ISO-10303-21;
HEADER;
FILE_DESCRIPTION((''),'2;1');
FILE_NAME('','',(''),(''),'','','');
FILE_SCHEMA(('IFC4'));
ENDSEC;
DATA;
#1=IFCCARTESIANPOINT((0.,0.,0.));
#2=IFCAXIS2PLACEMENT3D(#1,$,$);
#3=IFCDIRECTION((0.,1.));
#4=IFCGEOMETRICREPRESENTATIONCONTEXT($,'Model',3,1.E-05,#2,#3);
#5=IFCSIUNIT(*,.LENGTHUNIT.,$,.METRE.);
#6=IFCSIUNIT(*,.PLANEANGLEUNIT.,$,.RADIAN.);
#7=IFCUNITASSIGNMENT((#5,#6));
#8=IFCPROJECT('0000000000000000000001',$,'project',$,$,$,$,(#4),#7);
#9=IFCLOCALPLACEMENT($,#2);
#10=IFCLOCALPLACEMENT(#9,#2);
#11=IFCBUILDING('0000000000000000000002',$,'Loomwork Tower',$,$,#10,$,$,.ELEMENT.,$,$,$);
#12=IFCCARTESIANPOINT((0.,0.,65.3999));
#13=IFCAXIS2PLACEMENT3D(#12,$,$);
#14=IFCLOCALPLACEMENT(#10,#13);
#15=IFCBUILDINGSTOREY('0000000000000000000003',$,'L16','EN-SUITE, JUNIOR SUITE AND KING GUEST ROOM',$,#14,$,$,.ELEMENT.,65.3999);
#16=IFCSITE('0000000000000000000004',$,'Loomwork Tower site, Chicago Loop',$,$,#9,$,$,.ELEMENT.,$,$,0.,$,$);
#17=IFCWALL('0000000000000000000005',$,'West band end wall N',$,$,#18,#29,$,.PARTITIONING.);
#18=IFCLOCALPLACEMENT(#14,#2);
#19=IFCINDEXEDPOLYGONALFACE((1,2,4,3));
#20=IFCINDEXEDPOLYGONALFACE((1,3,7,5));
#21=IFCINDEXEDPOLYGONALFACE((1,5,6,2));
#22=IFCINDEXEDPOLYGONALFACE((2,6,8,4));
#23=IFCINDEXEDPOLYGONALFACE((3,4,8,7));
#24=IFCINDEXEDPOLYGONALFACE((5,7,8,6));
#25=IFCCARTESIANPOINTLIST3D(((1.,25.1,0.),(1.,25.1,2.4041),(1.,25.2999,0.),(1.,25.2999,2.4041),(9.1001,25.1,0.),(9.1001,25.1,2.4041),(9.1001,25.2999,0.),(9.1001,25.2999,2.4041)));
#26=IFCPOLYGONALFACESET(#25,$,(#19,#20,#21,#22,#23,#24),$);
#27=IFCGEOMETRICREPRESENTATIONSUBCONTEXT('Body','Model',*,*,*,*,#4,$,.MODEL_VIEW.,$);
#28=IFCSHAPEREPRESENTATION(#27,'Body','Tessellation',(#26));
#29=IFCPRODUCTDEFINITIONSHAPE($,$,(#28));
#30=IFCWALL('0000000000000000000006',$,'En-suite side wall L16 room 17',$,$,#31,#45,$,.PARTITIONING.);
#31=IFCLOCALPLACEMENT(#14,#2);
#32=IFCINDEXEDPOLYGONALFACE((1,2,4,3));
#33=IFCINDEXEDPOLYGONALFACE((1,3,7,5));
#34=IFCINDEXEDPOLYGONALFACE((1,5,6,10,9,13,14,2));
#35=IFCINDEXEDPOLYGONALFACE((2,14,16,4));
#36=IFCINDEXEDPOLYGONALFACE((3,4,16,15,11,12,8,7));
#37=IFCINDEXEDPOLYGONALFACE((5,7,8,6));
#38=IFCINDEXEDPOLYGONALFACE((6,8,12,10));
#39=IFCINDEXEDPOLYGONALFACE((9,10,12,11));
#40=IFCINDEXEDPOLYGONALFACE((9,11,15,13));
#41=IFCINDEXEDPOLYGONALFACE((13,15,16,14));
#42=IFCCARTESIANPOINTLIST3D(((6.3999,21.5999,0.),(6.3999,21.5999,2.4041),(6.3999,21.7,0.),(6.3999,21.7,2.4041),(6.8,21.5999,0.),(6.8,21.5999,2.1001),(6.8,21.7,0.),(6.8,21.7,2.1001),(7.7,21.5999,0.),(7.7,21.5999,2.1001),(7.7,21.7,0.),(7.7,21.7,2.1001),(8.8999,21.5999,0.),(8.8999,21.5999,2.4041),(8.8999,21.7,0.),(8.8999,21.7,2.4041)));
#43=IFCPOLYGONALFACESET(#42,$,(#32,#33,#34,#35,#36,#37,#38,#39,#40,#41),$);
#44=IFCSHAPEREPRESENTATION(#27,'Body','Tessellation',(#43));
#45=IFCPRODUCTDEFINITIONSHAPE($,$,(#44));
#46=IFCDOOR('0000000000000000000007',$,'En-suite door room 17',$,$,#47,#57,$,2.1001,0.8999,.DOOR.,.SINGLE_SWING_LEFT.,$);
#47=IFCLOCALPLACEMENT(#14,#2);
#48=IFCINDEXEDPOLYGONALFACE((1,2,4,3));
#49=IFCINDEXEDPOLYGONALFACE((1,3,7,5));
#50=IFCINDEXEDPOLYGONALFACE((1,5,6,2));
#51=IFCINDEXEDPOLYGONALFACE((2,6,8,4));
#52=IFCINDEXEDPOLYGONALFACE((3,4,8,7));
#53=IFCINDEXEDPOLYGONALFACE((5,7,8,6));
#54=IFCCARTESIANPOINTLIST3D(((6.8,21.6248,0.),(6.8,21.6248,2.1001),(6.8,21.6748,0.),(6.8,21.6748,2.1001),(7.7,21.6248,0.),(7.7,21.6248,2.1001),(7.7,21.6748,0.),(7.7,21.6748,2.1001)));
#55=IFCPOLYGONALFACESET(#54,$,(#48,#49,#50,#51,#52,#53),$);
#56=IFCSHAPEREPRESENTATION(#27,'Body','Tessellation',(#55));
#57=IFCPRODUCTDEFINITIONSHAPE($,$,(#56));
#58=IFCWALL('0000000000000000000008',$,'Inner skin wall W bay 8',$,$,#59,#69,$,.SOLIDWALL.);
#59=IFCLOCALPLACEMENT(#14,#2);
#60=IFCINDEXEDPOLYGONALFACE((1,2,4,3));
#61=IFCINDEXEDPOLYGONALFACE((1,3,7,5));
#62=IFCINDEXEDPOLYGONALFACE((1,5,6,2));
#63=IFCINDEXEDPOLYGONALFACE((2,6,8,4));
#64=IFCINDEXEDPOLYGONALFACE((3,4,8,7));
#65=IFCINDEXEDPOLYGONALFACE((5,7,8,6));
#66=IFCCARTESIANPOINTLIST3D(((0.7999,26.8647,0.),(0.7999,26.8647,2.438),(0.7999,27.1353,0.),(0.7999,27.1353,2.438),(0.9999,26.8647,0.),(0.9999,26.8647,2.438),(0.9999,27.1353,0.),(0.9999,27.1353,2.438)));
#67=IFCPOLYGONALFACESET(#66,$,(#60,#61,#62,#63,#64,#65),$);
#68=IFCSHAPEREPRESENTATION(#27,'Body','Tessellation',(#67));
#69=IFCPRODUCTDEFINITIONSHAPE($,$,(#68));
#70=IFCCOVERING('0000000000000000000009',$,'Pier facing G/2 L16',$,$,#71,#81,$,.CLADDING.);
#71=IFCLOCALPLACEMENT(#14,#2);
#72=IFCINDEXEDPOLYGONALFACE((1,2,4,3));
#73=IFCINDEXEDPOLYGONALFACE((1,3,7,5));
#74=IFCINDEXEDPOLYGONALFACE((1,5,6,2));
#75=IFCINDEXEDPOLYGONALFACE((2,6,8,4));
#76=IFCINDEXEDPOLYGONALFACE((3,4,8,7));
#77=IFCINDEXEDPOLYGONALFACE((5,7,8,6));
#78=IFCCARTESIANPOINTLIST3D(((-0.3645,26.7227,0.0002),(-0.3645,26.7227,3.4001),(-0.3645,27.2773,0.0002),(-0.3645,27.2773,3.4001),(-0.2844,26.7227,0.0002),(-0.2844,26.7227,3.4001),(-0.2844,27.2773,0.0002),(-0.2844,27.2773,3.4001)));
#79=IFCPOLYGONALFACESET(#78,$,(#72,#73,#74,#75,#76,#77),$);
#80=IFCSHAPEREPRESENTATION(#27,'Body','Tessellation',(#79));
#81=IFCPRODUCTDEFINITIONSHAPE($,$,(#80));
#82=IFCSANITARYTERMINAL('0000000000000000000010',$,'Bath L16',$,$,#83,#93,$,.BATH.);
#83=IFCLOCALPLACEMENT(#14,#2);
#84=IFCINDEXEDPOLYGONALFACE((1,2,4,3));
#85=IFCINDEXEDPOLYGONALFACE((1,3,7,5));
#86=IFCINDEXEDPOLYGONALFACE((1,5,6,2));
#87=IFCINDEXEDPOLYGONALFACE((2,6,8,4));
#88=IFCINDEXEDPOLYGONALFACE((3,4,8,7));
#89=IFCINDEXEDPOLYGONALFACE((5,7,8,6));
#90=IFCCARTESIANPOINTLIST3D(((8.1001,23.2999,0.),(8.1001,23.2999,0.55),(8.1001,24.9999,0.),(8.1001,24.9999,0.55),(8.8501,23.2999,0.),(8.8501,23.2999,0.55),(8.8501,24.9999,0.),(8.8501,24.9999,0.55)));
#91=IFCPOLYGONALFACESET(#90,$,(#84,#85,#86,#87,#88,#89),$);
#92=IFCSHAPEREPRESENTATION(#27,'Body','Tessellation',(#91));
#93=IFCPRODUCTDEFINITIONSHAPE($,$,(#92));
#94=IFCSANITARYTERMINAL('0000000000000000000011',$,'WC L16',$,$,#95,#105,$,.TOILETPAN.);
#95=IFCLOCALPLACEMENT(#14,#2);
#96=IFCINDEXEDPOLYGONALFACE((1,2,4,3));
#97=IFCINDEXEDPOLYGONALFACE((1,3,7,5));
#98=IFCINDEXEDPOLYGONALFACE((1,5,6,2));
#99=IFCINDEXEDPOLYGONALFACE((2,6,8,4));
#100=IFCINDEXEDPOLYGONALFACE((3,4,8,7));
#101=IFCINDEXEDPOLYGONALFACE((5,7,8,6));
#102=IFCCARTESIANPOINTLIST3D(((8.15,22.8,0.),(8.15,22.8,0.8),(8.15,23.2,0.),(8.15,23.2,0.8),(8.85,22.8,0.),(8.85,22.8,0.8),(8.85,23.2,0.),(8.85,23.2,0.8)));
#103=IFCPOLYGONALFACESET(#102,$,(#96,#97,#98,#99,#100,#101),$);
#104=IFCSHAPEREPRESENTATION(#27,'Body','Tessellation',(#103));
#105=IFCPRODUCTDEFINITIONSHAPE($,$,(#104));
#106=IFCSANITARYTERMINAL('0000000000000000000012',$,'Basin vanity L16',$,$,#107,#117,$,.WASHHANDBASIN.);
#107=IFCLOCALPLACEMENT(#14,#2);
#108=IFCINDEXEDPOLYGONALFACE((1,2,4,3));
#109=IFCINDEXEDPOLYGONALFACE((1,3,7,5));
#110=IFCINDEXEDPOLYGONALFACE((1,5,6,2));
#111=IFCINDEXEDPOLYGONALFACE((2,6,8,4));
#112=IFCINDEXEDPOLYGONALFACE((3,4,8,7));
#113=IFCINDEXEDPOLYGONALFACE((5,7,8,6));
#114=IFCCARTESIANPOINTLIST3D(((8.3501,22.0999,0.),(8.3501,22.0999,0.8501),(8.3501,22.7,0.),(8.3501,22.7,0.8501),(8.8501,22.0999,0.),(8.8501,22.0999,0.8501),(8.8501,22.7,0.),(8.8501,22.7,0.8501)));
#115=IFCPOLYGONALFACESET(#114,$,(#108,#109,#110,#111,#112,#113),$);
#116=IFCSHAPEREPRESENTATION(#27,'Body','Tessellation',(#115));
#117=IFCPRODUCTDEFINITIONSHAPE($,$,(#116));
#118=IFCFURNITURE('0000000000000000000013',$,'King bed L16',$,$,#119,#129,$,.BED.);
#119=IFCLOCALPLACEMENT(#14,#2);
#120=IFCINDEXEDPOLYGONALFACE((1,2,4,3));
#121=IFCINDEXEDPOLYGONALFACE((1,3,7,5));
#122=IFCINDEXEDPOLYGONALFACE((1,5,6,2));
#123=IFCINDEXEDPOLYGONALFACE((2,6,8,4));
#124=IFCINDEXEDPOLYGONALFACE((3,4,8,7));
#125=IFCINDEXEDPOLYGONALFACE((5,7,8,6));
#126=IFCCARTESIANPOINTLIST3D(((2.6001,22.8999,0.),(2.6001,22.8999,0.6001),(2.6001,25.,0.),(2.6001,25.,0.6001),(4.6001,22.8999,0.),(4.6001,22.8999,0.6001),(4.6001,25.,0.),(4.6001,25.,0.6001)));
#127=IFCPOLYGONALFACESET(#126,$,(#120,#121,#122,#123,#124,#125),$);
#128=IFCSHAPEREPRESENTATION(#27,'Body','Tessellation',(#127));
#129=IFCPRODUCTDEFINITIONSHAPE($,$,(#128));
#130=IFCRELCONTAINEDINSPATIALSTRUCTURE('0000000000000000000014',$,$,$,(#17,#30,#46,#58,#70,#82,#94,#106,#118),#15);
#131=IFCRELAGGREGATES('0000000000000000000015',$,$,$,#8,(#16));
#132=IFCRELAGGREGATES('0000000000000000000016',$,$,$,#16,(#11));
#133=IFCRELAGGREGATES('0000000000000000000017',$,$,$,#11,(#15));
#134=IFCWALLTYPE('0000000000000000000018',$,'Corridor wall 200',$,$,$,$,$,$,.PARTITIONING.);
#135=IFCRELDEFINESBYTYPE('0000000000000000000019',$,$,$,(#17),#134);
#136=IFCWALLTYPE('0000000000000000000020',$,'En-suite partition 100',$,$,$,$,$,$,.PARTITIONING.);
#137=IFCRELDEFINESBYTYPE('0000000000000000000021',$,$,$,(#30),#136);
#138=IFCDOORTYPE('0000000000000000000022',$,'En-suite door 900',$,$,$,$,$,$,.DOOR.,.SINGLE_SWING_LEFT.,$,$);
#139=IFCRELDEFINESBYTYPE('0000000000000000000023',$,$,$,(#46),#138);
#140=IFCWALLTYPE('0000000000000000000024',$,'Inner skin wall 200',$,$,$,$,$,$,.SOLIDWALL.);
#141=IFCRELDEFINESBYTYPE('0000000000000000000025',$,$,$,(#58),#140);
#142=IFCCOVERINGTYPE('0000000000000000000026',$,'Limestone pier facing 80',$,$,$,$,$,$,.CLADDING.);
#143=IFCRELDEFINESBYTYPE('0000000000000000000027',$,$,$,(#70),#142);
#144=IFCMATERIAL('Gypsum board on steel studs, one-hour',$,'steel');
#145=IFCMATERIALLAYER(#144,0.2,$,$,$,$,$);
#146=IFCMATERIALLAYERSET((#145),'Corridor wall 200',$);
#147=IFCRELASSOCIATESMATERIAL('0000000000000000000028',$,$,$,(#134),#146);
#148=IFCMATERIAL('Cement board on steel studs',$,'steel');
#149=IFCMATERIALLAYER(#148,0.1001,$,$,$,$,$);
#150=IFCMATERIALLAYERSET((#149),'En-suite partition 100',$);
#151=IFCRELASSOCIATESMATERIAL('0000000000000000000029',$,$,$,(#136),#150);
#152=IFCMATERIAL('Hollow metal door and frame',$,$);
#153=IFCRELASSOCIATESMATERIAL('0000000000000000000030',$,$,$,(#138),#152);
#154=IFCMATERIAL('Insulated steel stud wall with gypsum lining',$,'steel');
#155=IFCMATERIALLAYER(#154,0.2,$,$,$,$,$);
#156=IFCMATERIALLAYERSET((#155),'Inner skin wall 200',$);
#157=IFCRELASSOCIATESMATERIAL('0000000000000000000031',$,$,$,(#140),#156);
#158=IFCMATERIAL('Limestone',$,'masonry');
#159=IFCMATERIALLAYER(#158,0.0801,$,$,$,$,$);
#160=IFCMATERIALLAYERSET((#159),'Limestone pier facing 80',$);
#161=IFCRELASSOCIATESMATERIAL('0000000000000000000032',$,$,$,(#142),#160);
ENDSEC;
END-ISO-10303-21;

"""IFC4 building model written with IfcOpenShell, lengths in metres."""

from ifc_helpers import new_model, si_unit, direction, frame, frame_2d, origin, origin_2d, place, context, subcontext, project, spatial, rectangle, extrude, material, layer, layer_set, type_object, element, fill, save


model = new_model("IFC4")

# Units and contexts
model_context = context("Model", 3, precision=1e-05, world=origin(), true_north=direction((0.0, 1.0)))
body_context = subcontext(model_context, "Body", "Model", "MODEL_VIEW")
ifc_project = project(units=[si_unit("LENGTHUNIT", "METRE"), si_unit("PLANEANGLEUNIT", "RADIAN")], contexts=[model_context])

# Site, building, storey
site_placement = place(None, origin())
site = spatial("IfcSite", under=ifc_project, at=site_placement, Name="Loomwork Tower site, Chicago Loop", CompositionType="ELEMENT", RefElevation=0.0)
building_placement = place(site_placement, origin())
building = spatial("IfcBuilding", under=site, at=building_placement, Name="Loomwork Tower", CompositionType="ELEMENT")
storey_placement = place(building_placement, frame((0.0, 0.0, 65.3999)))
storey = spatial("IfcBuildingStorey", under=building, at=storey_placement, Name="L16", Description="EN-SUITE, JUNIOR SUITE AND KING GUEST ROOM", CompositionType="ELEMENT", Elevation=65.3999)

# Shared definitions
ifc_material_1 = material(Name="Gypsum board on steel studs, one-hour", Category="steel")
ifc_layer_1 = layer(ifc_material_1, 0.2)
ifc_layer_set_1 = layer_set([ifc_layer_1], Name="Corridor wall 200")
wall_type_1 = type_object("IfcWallType", Name="Corridor wall 200", PredefinedType="PARTITIONING", material=ifc_layer_set_1)

# Wall
wall_1_placement = place(storey_placement, frame((1.0, 25.2, 0.0), z_axis=(0.0, 0.0, 1.0), x_axis=(1.0, 0.0, 0.0)))
element("IfcWall", 1, at=wall_1_placement, inside=storey, type_object=wall_type_1, Name="West band end wall N", PredefinedType="PARTITIONING", context=body_context, shape_type="SweptSolid", body=[
    extrude(rectangle(XDim=8.1001, YDim=0.2, at=frame_2d((4.05, 0.0))), origin(), (0.0, 0.0, 1.0), 2.4041),
])

# Wall, opening, door
ifc_material_2 = material(Name="Cement board on steel studs", Category="steel")
ifc_layer_2 = layer(ifc_material_2, 0.1001)
ifc_layer_set_2 = layer_set([ifc_layer_2], Name="En-suite partition 100")
wall_type_2 = type_object("IfcWallType", Name="En-suite partition 100", PredefinedType="PARTITIONING", material=ifc_layer_set_2)
wall_2_placement = place(storey_placement, frame((8.8999, 21.6499, 0.0), z_axis=(0.0, 0.0, 1.0), x_axis=(-1.0, 0.0, 0.0)))
wall_2 = element("IfcWall", 2, at=wall_2_placement, inside=storey, type_object=wall_type_2, Name="En-suite side wall L16 room 17", PredefinedType="PARTITIONING", context=body_context, shape_type="SweptSolid", body=[
    extrude(rectangle(XDim=2.5, YDim=0.1001, at=frame_2d((1.25, 0.0))), origin(), (0.0, 0.0, 1.0), 2.4041),
])
opening_1_placement = place(wall_2_placement, frame((1.2, 0.0, 0.0)))
opening_1 = element("IfcOpeningElement", 3, at=opening_1_placement, cuts=wall_2, PredefinedType="OPENING", context=body_context, shape_type="SweptSolid", body=[
    extrude(rectangle(XDim=0.8999, YDim=2.1001, at=frame_2d((0.45, 1.05))), frame((0.0, 0.0601, 0.0), z_axis=(0.0, -1.0, 0.0), x_axis=(1.0, 0.0, 0.0)), (0.0, 0.0, 1.0), 0.1201),
])
ifc_material_3 = material(Name="Hollow metal door and frame")
door_type_1 = type_object("IfcDoorType", Name="En-suite door 900", OperationType="SINGLE_SWING_LEFT", PredefinedType="DOOR", material=ifc_material_3)
door_1_placement = place(opening_1_placement, frame((0.8999, 0.0, 0.0), z_axis=(0.0, 0.0, 1.0), x_axis=(-1.0, 0.0, 0.0)))
door_1 = element("IfcDoor", 4, at=door_1_placement, inside=storey, type_object=door_type_1, Name="En-suite door room 17", OperationType="SINGLE_SWING_LEFT", OverallHeight=2.1001, OverallWidth=0.8999, PredefinedType="DOOR", context=body_context, shape_type="SweptSolid", body=[
    extrude(rectangle(XDim=0.8999, YDim=2.1001, at=frame_2d((0.45, 1.05))), frame((0.0, 0.0249, 0.0), z_axis=(0.0, -1.0, 0.0), x_axis=(1.0, 0.0, 0.0)), (0.0, 0.0, 1.0), 0.05),
])
fill(opening_1, door_1)

# Wall
ifc_material_4 = material(Name="Insulated steel stud wall with gypsum lining", Category="steel")
ifc_layer_3 = layer(ifc_material_4, 0.2)
ifc_layer_set_3 = layer_set([ifc_layer_3], Name="Inner skin wall 200")
wall_type_3 = type_object("IfcWallType", Name="Inner skin wall 200", PredefinedType="SOLIDWALL", material=ifc_layer_set_3)
wall_3_placement = place(storey_placement, frame((0.8999, 26.8647, 0.0), z_axis=(0.0, 0.0, 1.0), x_axis=(0.0, 1.0, 0.0)))
element("IfcWall", 5, at=wall_3_placement, inside=storey, type_object=wall_type_3, Name="Inner skin wall W bay 8", PredefinedType="SOLIDWALL", context=body_context, shape_type="SweptSolid", body=[
    extrude(rectangle(XDim=0.2705, YDim=0.2, at=frame_2d((0.1353, 0.0))), origin(), (0.0, 0.0, 1.0), 2.438),
])

# Covering
ifc_material_5 = material(Name="Limestone", Category="masonry")
ifc_layer_4 = layer(ifc_material_5, 0.0801)
ifc_layer_set_4 = layer_set([ifc_layer_4], Name="Limestone pier facing 80")
covering_type = type_object("IfcCoveringType", Name="Limestone pier facing 80", PredefinedType="CLADDING", material=ifc_layer_set_4)
covering_placement = place(storey_placement, frame((-0.3245, 27.0, 0.0002), z_axis=(0.0, 0.0, 1.0), x_axis=(1.0, 0.0, 0.0)))
element("IfcCovering", 6, at=covering_placement, inside=storey, type_object=covering_type, Name="Pier facing G/2 L16", PredefinedType="CLADDING", context=body_context, shape_type="SweptSolid", body=[
    extrude(rectangle(XDim=0.0801, YDim=0.5547, at=origin_2d()), origin(), (0.0, 0.0, 1.0), 3.3999),
])

# Sanitary terminals
sanitary_terminal_1_placement = place(storey_placement, frame((8.4751, 24.1499, 0.0), z_axis=(0.0, 0.0, 1.0), x_axis=(1.0, 0.0, 0.0)))
element("IfcSanitaryTerminal", 7, at=sanitary_terminal_1_placement, inside=storey, Name="Bath L16", PredefinedType="BATH", context=body_context, shape_type="SweptSolid", body=[
    extrude(rectangle(XDim=0.75, YDim=1.7, at=origin_2d()), origin(), (0.0, 0.0, 1.0), 0.55),
])
sanitary_terminal_2_placement = place(storey_placement, frame((8.5, 23.0, 0.0), z_axis=(0.0, 0.0, 1.0), x_axis=(1.0, 0.0, 0.0)))
element("IfcSanitaryTerminal", 8, at=sanitary_terminal_2_placement, inside=storey, Name="WC L16", PredefinedType="TOILETPAN", context=body_context, shape_type="SweptSolid", body=[
    extrude(rectangle(XDim=0.7, YDim=0.3999, at=origin_2d()), origin(), (0.0, 0.0, 1.0), 0.8),
])
sanitary_terminal_3_placement = place(storey_placement, frame((8.6001, 22.3999, 0.0), z_axis=(0.0, 0.0, 1.0), x_axis=(1.0, 0.0, 0.0)))
element("IfcSanitaryTerminal", 9, at=sanitary_terminal_3_placement, inside=storey, Name="Basin vanity L16", PredefinedType="WASHHANDBASIN", context=body_context, shape_type="SweptSolid", body=[
    extrude(rectangle(XDim=0.5, YDim=0.6001, at=origin_2d()), origin(), (0.0, 0.0, 1.0), 0.8501),
])

# Furniture
furniture_placement = place(storey_placement, frame((3.6001, 23.95, 0.0), z_axis=(0.0, 0.0, 1.0), x_axis=(1.0, 0.0, 0.0)))
element("IfcFurniture", 10, at=furniture_placement, inside=storey, Name="King bed L16", PredefinedType="BED", context=body_context, shape_type="SweptSolid", body=[
    extrude(rectangle(XDim=2.0, YDim=2.1001, at=origin_2d()), origin(), (0.0, 0.0, 1.0), 0.6001),
])

save(model, "model.ifc")
